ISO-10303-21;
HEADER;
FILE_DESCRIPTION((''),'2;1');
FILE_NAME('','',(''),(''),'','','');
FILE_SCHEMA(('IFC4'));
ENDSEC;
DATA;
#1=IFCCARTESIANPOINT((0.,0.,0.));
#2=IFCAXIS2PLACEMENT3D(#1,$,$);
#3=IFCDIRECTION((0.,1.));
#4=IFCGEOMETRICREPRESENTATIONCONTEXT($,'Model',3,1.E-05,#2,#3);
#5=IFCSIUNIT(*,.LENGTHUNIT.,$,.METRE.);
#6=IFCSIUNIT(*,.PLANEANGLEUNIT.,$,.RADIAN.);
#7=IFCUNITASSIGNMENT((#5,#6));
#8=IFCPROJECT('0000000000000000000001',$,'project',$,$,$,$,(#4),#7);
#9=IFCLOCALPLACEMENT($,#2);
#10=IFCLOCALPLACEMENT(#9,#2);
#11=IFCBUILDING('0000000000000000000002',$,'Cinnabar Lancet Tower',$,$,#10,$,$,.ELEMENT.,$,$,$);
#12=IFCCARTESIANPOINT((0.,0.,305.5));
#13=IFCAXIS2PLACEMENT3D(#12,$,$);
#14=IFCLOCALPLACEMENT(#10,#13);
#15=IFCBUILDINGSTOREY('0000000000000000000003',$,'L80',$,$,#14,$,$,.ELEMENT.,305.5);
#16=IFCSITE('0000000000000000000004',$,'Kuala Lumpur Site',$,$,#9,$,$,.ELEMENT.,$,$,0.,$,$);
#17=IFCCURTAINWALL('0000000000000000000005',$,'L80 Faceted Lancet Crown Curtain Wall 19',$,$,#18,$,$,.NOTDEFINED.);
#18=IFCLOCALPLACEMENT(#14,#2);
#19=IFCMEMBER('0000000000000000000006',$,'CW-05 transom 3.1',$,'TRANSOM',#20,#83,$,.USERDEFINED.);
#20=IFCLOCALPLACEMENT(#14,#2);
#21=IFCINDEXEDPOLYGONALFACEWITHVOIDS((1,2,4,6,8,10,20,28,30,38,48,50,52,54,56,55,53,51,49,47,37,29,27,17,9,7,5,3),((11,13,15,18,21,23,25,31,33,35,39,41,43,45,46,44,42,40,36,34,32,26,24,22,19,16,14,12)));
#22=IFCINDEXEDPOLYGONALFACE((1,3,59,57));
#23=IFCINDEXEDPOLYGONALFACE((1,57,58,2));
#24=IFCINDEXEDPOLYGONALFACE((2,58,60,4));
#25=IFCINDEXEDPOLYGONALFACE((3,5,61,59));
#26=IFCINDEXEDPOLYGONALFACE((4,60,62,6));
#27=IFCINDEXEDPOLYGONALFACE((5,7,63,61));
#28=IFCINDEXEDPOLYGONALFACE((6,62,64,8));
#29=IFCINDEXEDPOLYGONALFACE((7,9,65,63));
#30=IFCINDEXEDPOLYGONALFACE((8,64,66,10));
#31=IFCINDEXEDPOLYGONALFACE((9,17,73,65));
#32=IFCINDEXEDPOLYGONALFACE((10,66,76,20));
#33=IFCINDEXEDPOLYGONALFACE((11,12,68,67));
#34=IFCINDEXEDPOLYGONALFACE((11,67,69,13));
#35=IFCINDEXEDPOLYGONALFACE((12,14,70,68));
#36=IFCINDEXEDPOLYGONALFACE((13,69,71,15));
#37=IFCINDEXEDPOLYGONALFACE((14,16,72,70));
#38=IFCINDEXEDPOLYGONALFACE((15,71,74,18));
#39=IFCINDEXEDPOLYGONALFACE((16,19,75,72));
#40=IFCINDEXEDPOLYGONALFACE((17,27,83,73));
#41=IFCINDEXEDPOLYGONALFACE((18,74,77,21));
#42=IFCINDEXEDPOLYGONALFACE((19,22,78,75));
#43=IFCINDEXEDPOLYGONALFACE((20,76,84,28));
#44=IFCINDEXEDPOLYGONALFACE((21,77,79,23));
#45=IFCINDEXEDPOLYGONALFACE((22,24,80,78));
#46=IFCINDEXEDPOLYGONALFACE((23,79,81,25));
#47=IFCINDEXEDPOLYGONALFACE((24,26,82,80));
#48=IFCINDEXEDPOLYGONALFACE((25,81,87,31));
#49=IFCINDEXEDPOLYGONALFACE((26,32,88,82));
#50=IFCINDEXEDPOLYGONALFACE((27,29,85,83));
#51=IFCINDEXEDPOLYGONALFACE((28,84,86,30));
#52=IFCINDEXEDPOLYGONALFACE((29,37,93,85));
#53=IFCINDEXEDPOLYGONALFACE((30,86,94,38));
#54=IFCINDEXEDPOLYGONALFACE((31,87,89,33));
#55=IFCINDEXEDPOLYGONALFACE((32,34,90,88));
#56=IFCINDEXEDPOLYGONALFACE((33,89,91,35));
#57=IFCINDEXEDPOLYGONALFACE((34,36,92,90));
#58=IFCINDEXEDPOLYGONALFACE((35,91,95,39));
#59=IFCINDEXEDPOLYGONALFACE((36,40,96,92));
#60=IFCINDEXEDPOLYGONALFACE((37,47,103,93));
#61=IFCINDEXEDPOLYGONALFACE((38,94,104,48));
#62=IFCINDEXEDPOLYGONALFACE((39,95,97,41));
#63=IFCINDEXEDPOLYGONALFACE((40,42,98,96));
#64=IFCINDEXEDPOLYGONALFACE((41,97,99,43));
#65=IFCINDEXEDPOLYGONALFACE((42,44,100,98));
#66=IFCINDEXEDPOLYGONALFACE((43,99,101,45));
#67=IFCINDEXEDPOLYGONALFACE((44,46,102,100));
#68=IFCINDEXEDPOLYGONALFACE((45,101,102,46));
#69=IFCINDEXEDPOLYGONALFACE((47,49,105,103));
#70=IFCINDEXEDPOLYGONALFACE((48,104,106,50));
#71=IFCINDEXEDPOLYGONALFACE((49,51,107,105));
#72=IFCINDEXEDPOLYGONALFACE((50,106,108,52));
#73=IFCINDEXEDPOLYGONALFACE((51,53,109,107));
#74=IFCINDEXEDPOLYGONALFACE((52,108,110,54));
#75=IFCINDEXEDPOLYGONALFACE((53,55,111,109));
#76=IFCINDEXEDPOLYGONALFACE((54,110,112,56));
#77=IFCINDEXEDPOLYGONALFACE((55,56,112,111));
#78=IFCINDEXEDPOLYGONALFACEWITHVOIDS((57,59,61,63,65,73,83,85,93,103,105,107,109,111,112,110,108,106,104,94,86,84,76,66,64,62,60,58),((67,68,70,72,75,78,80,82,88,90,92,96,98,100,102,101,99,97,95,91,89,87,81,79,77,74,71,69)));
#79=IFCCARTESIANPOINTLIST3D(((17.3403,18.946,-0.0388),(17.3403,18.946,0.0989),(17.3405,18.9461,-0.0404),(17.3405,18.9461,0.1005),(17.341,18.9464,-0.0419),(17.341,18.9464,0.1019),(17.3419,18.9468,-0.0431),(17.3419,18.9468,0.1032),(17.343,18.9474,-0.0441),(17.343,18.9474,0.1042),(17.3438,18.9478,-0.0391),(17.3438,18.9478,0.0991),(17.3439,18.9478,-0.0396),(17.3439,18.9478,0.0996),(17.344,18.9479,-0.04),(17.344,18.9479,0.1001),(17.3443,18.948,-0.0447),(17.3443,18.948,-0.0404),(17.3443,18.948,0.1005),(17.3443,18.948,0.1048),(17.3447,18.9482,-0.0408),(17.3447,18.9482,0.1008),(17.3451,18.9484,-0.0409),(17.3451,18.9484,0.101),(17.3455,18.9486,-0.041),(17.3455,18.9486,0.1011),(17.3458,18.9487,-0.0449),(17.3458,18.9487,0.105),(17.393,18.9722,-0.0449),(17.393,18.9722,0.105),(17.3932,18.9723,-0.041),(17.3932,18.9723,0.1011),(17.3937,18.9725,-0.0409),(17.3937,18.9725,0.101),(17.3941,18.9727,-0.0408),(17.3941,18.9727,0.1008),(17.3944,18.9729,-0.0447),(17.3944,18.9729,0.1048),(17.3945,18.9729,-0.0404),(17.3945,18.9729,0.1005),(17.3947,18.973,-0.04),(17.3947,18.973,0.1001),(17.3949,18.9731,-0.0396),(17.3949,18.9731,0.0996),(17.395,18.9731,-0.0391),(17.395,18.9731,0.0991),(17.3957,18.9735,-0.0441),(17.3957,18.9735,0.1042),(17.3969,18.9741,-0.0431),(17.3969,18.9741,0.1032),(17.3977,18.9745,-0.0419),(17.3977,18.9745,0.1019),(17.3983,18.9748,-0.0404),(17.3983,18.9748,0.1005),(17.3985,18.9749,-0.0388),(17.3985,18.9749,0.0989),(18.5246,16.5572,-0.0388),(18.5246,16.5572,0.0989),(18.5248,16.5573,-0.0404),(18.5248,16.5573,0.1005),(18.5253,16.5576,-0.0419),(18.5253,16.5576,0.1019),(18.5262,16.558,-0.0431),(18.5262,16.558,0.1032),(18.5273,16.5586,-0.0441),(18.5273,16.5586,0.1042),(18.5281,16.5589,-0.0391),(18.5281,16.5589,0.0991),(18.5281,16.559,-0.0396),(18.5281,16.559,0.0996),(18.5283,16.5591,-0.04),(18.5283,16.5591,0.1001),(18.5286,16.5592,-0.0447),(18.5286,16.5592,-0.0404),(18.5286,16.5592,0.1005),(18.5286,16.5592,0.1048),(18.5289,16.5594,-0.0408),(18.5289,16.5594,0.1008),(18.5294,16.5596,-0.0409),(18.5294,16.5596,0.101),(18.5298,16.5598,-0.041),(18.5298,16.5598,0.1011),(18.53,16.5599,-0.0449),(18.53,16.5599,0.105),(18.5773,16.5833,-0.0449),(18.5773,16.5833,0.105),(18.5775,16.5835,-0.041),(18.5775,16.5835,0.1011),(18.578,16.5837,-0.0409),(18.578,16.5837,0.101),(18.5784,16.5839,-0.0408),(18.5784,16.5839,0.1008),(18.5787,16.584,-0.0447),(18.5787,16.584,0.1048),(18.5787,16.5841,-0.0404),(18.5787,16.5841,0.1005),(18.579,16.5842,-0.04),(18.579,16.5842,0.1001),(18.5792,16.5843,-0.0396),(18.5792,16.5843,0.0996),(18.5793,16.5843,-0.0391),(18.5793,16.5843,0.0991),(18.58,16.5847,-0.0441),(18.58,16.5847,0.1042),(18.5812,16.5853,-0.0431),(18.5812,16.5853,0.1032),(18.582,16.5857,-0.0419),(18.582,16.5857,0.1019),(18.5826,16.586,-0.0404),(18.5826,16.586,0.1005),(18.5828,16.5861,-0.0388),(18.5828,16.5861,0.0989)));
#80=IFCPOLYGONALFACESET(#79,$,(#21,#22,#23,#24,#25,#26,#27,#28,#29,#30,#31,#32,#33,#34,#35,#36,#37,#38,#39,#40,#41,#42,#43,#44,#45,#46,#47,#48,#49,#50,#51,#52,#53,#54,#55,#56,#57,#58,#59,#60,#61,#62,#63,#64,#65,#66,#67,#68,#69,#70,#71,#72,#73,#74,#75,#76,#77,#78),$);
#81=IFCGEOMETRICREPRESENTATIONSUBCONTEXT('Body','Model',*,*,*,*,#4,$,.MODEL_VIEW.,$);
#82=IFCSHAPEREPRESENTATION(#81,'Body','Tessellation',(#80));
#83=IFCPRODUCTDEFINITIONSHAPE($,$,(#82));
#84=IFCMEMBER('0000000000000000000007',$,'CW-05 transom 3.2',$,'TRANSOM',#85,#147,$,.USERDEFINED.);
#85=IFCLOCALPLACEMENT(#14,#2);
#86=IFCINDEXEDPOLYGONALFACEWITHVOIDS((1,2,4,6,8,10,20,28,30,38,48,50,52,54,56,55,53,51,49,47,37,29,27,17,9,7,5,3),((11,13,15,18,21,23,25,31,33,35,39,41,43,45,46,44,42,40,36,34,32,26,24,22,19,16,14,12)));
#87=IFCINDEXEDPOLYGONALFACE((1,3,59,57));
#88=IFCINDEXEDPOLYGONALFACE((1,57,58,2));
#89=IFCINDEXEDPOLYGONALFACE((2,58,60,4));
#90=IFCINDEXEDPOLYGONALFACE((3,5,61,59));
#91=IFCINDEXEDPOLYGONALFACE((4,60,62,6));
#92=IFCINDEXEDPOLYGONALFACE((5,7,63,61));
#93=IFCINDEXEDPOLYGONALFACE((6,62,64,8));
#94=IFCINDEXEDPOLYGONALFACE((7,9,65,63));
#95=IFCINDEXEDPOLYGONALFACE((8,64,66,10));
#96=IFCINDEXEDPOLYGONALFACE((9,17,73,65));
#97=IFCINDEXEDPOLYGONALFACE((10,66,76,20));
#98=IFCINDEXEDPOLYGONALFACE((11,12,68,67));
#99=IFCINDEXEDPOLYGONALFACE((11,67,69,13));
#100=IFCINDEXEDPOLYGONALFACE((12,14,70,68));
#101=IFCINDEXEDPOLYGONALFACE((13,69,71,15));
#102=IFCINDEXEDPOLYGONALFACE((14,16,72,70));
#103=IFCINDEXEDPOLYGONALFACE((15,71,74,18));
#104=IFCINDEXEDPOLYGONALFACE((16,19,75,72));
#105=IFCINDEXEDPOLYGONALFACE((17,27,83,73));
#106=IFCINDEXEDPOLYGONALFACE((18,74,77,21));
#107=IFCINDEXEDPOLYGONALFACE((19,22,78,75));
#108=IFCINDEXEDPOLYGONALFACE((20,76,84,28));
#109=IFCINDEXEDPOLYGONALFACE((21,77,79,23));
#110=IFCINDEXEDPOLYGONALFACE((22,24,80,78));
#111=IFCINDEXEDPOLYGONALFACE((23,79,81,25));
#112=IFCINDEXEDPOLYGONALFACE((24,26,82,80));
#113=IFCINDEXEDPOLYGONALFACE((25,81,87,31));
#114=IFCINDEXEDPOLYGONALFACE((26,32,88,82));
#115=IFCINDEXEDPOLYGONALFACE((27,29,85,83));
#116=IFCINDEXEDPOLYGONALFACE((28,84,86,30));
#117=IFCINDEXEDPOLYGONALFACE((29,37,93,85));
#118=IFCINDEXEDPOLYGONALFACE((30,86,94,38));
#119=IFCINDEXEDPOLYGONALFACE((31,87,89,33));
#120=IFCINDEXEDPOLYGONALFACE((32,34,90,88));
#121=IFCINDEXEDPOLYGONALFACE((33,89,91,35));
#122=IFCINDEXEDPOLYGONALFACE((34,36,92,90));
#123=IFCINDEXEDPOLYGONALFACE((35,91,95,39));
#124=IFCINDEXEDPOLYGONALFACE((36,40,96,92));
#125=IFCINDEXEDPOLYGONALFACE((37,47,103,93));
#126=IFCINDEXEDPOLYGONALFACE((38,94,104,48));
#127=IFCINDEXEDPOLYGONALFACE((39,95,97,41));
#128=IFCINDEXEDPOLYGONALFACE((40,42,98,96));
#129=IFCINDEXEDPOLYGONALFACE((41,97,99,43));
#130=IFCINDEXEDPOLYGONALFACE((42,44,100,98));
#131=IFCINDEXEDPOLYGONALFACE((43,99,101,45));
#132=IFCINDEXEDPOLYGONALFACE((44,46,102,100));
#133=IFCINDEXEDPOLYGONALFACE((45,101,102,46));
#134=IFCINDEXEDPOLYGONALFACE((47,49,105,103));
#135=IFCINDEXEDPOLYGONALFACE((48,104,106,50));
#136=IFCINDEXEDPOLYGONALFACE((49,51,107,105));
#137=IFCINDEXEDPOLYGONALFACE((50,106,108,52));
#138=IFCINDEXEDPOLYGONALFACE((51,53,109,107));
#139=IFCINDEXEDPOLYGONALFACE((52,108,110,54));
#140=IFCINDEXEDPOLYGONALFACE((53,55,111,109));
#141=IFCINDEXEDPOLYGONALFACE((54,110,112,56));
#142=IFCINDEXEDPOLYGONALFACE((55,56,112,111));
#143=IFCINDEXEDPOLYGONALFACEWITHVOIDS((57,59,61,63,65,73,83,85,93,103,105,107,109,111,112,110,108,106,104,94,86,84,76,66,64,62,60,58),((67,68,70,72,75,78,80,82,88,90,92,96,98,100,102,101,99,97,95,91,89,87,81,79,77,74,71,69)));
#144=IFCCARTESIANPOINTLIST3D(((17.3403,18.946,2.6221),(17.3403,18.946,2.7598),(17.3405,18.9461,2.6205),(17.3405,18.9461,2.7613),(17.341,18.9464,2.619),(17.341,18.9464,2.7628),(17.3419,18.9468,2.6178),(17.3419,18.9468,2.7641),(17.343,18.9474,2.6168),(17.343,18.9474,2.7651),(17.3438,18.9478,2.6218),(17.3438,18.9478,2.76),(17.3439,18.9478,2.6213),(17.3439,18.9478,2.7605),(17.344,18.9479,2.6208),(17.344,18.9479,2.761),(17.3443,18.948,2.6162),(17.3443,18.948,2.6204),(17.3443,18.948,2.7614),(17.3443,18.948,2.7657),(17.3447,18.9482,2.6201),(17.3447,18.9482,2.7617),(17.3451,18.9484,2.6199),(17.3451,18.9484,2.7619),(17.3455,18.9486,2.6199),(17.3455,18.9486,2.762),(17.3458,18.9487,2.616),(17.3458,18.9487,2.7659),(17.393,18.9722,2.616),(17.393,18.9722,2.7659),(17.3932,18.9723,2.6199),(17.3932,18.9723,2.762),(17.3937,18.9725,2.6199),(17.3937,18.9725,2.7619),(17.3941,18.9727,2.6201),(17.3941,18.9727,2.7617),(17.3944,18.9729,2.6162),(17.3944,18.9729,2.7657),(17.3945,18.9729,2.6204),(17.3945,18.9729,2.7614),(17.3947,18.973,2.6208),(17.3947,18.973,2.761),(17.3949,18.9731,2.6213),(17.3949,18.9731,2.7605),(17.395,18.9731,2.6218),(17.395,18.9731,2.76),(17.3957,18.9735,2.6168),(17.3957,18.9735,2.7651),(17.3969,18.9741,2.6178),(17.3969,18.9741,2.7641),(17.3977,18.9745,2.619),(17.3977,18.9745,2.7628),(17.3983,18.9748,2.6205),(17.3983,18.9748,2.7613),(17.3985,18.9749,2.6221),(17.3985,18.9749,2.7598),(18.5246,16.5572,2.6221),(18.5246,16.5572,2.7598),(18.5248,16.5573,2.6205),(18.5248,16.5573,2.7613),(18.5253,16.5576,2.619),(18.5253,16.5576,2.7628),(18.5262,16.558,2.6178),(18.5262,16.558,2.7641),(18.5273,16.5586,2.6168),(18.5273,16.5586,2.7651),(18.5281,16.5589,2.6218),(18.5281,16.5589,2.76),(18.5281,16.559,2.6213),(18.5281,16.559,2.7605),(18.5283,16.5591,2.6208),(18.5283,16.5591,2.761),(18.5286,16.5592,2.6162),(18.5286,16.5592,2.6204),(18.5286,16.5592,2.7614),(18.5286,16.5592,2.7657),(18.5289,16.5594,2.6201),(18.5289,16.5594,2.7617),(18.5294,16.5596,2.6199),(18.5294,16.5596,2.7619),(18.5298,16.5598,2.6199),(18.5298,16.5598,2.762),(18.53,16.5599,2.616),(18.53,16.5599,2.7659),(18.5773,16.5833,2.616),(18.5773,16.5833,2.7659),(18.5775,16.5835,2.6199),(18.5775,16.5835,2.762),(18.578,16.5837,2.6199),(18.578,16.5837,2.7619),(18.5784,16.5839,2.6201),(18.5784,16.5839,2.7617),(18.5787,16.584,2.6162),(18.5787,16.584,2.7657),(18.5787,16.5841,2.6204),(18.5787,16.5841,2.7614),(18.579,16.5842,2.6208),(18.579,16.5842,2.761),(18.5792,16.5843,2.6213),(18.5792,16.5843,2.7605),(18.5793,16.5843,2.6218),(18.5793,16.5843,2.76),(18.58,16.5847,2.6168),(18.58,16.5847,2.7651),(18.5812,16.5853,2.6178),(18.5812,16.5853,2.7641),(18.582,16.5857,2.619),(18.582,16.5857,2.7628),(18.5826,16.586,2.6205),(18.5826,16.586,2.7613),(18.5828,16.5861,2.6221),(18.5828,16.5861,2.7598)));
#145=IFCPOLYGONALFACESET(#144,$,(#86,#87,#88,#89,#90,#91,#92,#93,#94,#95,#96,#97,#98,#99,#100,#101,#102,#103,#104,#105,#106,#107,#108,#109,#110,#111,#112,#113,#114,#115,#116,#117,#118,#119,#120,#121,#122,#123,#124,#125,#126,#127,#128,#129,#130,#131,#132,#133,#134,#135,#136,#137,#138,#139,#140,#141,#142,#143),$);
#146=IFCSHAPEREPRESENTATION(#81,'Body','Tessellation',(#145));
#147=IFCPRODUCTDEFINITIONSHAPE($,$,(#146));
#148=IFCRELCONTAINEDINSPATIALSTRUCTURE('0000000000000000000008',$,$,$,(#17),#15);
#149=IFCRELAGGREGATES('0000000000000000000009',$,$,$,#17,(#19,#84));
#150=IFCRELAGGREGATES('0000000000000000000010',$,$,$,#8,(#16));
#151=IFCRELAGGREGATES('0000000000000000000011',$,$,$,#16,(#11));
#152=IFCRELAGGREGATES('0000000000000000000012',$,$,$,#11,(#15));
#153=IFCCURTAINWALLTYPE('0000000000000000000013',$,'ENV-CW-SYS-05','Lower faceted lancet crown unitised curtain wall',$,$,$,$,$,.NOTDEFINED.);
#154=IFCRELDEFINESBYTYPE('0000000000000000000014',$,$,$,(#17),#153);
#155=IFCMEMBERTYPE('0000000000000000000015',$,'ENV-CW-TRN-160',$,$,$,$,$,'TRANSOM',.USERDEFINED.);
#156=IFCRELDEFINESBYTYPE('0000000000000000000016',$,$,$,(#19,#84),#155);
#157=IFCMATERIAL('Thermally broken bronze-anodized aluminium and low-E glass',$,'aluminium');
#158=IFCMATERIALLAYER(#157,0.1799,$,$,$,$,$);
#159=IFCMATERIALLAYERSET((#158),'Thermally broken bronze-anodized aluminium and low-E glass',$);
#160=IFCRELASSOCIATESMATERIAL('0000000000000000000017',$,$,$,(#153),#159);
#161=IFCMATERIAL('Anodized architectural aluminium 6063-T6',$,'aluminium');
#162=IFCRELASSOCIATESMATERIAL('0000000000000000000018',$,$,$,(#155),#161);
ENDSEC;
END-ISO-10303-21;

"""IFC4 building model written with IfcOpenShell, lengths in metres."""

from ifc_helpers import new_model, si_unit, direction, frame, origin, origin_2d, place, context, subcontext, project, spatial, hollow_rectangle, extrude, material, layer, layer_set, material_profile, profile_set, type_object, element, aggregate, save


model = new_model("IFC4")

# Units and contexts
model_context = context("Model", 3, precision=1e-05, world=origin(), true_north=direction((0.0, 1.0)))
body_context = subcontext(model_context, "Body", "Model", "MODEL_VIEW")
ifc_project = project(units=[si_unit("LENGTHUNIT", "METRE"), si_unit("PLANEANGLEUNIT", "RADIAN")], contexts=[model_context])

# Site, building, storey
site_placement = place(None, origin())
site = spatial("IfcSite", under=ifc_project, at=site_placement, Name="Kuala Lumpur Site", CompositionType="ELEMENT", RefElevation=0.0)
building_placement = place(site_placement, origin())
building = spatial("IfcBuilding", under=site, at=building_placement, Name="Cinnabar Lancet Tower", CompositionType="ELEMENT")
storey_placement = place(building_placement, frame((0.0, 0.0, 305.5)))
storey = spatial("IfcBuildingStorey", under=building, at=storey_placement, Name="L80", CompositionType="ELEMENT", Elevation=305.5)

# Curtain wall
ifc_material_1 = material(Name="Thermally broken bronze-anodized aluminium and low-E glass", Category="aluminium")
ifc_layer_1 = layer(ifc_material_1, 0.1799)
ifc_layer_set_1 = layer_set([ifc_layer_1], Name="Thermally broken bronze-anodized aluminium and low-E glass")
curtain_wall_type = type_object("IfcCurtainWallType", Name="ENV-CW-SYS-05", Description="Lower faceted lancet crown unitised curtain wall", PredefinedType="NOTDEFINED", material=ifc_layer_set_1)
curtain_wall_1_placement = place(storey_placement, origin())
curtain_wall_1 = element("IfcCurtainWall", 1, at=curtain_wall_1_placement, inside=storey, type_object=curtain_wall_type, Name="L80 Faceted Lancet Crown Curtain Wall 19", PredefinedType="NOTDEFINED")

# Members
ifc_material_2 = material(Name="Anodized architectural aluminium 6063-T6", Category="aluminium")
ifc_material_profile_1 = material_profile(ifc_material_2, hollow_rectangle(XDim=0.0649, YDim=0.1499, WallThickness=0.0039, InnerFilletRadius=0.002, OuterFilletRadius=0.0061, at=origin_2d()), Name="CW-TRN 150x65x4")
ifc_profile_set_1 = profile_set([ifc_material_profile_1], Name="Anodized architectural aluminium 6063-T6")
member_type_1 = type_object("IfcMemberType", Name="ENV-CW-TRN-160", ElementType="TRANSOM", PredefinedType="USERDEFINED", material=ifc_profile_set_1)
member_1_placement = place(storey_placement, frame((17.3694, 18.9604, 0.03), z_axis=(0.444171, -0.895942, 0.0), x_axis=(0.895942, 0.444171, 0.0)))
member_1 = element("IfcMember", 2, at=member_1_placement, type_object=member_type_1, Name="CW-05 transom 3.1", ObjectType="TRANSOM", PredefinedType="USERDEFINED", context=body_context, shape_type="SweptSolid", body=[
    extrude(hollow_rectangle(XDim=0.0649, YDim=0.1499, WallThickness=0.0039, InnerFilletRadius=0.002, OuterFilletRadius=0.0061, at=origin_2d()), origin(), (0.0, 0.0, 1.0), 2.6663),
])
member_2_placement = place(storey_placement, frame((17.3694, 18.9604, 2.6909), z_axis=(0.444171, -0.895942, 0.0), x_axis=(0.895942, 0.444171, 0.0)))
member_2 = element("IfcMember", 3, at=member_2_placement, type_object=member_type_1, Name="CW-05 transom 3.2", ObjectType="TRANSOM", PredefinedType="USERDEFINED", context=body_context, shape_type="SweptSolid", body=[
    extrude(hollow_rectangle(XDim=0.0649, YDim=0.1499, WallThickness=0.0039, InnerFilletRadius=0.002, OuterFilletRadius=0.0061, at=origin_2d()), origin(), (0.0, 0.0, 1.0), 2.6663),
])

aggregate(curtain_wall_1, [member_1, member_2])

save(model, "model.ifc")
